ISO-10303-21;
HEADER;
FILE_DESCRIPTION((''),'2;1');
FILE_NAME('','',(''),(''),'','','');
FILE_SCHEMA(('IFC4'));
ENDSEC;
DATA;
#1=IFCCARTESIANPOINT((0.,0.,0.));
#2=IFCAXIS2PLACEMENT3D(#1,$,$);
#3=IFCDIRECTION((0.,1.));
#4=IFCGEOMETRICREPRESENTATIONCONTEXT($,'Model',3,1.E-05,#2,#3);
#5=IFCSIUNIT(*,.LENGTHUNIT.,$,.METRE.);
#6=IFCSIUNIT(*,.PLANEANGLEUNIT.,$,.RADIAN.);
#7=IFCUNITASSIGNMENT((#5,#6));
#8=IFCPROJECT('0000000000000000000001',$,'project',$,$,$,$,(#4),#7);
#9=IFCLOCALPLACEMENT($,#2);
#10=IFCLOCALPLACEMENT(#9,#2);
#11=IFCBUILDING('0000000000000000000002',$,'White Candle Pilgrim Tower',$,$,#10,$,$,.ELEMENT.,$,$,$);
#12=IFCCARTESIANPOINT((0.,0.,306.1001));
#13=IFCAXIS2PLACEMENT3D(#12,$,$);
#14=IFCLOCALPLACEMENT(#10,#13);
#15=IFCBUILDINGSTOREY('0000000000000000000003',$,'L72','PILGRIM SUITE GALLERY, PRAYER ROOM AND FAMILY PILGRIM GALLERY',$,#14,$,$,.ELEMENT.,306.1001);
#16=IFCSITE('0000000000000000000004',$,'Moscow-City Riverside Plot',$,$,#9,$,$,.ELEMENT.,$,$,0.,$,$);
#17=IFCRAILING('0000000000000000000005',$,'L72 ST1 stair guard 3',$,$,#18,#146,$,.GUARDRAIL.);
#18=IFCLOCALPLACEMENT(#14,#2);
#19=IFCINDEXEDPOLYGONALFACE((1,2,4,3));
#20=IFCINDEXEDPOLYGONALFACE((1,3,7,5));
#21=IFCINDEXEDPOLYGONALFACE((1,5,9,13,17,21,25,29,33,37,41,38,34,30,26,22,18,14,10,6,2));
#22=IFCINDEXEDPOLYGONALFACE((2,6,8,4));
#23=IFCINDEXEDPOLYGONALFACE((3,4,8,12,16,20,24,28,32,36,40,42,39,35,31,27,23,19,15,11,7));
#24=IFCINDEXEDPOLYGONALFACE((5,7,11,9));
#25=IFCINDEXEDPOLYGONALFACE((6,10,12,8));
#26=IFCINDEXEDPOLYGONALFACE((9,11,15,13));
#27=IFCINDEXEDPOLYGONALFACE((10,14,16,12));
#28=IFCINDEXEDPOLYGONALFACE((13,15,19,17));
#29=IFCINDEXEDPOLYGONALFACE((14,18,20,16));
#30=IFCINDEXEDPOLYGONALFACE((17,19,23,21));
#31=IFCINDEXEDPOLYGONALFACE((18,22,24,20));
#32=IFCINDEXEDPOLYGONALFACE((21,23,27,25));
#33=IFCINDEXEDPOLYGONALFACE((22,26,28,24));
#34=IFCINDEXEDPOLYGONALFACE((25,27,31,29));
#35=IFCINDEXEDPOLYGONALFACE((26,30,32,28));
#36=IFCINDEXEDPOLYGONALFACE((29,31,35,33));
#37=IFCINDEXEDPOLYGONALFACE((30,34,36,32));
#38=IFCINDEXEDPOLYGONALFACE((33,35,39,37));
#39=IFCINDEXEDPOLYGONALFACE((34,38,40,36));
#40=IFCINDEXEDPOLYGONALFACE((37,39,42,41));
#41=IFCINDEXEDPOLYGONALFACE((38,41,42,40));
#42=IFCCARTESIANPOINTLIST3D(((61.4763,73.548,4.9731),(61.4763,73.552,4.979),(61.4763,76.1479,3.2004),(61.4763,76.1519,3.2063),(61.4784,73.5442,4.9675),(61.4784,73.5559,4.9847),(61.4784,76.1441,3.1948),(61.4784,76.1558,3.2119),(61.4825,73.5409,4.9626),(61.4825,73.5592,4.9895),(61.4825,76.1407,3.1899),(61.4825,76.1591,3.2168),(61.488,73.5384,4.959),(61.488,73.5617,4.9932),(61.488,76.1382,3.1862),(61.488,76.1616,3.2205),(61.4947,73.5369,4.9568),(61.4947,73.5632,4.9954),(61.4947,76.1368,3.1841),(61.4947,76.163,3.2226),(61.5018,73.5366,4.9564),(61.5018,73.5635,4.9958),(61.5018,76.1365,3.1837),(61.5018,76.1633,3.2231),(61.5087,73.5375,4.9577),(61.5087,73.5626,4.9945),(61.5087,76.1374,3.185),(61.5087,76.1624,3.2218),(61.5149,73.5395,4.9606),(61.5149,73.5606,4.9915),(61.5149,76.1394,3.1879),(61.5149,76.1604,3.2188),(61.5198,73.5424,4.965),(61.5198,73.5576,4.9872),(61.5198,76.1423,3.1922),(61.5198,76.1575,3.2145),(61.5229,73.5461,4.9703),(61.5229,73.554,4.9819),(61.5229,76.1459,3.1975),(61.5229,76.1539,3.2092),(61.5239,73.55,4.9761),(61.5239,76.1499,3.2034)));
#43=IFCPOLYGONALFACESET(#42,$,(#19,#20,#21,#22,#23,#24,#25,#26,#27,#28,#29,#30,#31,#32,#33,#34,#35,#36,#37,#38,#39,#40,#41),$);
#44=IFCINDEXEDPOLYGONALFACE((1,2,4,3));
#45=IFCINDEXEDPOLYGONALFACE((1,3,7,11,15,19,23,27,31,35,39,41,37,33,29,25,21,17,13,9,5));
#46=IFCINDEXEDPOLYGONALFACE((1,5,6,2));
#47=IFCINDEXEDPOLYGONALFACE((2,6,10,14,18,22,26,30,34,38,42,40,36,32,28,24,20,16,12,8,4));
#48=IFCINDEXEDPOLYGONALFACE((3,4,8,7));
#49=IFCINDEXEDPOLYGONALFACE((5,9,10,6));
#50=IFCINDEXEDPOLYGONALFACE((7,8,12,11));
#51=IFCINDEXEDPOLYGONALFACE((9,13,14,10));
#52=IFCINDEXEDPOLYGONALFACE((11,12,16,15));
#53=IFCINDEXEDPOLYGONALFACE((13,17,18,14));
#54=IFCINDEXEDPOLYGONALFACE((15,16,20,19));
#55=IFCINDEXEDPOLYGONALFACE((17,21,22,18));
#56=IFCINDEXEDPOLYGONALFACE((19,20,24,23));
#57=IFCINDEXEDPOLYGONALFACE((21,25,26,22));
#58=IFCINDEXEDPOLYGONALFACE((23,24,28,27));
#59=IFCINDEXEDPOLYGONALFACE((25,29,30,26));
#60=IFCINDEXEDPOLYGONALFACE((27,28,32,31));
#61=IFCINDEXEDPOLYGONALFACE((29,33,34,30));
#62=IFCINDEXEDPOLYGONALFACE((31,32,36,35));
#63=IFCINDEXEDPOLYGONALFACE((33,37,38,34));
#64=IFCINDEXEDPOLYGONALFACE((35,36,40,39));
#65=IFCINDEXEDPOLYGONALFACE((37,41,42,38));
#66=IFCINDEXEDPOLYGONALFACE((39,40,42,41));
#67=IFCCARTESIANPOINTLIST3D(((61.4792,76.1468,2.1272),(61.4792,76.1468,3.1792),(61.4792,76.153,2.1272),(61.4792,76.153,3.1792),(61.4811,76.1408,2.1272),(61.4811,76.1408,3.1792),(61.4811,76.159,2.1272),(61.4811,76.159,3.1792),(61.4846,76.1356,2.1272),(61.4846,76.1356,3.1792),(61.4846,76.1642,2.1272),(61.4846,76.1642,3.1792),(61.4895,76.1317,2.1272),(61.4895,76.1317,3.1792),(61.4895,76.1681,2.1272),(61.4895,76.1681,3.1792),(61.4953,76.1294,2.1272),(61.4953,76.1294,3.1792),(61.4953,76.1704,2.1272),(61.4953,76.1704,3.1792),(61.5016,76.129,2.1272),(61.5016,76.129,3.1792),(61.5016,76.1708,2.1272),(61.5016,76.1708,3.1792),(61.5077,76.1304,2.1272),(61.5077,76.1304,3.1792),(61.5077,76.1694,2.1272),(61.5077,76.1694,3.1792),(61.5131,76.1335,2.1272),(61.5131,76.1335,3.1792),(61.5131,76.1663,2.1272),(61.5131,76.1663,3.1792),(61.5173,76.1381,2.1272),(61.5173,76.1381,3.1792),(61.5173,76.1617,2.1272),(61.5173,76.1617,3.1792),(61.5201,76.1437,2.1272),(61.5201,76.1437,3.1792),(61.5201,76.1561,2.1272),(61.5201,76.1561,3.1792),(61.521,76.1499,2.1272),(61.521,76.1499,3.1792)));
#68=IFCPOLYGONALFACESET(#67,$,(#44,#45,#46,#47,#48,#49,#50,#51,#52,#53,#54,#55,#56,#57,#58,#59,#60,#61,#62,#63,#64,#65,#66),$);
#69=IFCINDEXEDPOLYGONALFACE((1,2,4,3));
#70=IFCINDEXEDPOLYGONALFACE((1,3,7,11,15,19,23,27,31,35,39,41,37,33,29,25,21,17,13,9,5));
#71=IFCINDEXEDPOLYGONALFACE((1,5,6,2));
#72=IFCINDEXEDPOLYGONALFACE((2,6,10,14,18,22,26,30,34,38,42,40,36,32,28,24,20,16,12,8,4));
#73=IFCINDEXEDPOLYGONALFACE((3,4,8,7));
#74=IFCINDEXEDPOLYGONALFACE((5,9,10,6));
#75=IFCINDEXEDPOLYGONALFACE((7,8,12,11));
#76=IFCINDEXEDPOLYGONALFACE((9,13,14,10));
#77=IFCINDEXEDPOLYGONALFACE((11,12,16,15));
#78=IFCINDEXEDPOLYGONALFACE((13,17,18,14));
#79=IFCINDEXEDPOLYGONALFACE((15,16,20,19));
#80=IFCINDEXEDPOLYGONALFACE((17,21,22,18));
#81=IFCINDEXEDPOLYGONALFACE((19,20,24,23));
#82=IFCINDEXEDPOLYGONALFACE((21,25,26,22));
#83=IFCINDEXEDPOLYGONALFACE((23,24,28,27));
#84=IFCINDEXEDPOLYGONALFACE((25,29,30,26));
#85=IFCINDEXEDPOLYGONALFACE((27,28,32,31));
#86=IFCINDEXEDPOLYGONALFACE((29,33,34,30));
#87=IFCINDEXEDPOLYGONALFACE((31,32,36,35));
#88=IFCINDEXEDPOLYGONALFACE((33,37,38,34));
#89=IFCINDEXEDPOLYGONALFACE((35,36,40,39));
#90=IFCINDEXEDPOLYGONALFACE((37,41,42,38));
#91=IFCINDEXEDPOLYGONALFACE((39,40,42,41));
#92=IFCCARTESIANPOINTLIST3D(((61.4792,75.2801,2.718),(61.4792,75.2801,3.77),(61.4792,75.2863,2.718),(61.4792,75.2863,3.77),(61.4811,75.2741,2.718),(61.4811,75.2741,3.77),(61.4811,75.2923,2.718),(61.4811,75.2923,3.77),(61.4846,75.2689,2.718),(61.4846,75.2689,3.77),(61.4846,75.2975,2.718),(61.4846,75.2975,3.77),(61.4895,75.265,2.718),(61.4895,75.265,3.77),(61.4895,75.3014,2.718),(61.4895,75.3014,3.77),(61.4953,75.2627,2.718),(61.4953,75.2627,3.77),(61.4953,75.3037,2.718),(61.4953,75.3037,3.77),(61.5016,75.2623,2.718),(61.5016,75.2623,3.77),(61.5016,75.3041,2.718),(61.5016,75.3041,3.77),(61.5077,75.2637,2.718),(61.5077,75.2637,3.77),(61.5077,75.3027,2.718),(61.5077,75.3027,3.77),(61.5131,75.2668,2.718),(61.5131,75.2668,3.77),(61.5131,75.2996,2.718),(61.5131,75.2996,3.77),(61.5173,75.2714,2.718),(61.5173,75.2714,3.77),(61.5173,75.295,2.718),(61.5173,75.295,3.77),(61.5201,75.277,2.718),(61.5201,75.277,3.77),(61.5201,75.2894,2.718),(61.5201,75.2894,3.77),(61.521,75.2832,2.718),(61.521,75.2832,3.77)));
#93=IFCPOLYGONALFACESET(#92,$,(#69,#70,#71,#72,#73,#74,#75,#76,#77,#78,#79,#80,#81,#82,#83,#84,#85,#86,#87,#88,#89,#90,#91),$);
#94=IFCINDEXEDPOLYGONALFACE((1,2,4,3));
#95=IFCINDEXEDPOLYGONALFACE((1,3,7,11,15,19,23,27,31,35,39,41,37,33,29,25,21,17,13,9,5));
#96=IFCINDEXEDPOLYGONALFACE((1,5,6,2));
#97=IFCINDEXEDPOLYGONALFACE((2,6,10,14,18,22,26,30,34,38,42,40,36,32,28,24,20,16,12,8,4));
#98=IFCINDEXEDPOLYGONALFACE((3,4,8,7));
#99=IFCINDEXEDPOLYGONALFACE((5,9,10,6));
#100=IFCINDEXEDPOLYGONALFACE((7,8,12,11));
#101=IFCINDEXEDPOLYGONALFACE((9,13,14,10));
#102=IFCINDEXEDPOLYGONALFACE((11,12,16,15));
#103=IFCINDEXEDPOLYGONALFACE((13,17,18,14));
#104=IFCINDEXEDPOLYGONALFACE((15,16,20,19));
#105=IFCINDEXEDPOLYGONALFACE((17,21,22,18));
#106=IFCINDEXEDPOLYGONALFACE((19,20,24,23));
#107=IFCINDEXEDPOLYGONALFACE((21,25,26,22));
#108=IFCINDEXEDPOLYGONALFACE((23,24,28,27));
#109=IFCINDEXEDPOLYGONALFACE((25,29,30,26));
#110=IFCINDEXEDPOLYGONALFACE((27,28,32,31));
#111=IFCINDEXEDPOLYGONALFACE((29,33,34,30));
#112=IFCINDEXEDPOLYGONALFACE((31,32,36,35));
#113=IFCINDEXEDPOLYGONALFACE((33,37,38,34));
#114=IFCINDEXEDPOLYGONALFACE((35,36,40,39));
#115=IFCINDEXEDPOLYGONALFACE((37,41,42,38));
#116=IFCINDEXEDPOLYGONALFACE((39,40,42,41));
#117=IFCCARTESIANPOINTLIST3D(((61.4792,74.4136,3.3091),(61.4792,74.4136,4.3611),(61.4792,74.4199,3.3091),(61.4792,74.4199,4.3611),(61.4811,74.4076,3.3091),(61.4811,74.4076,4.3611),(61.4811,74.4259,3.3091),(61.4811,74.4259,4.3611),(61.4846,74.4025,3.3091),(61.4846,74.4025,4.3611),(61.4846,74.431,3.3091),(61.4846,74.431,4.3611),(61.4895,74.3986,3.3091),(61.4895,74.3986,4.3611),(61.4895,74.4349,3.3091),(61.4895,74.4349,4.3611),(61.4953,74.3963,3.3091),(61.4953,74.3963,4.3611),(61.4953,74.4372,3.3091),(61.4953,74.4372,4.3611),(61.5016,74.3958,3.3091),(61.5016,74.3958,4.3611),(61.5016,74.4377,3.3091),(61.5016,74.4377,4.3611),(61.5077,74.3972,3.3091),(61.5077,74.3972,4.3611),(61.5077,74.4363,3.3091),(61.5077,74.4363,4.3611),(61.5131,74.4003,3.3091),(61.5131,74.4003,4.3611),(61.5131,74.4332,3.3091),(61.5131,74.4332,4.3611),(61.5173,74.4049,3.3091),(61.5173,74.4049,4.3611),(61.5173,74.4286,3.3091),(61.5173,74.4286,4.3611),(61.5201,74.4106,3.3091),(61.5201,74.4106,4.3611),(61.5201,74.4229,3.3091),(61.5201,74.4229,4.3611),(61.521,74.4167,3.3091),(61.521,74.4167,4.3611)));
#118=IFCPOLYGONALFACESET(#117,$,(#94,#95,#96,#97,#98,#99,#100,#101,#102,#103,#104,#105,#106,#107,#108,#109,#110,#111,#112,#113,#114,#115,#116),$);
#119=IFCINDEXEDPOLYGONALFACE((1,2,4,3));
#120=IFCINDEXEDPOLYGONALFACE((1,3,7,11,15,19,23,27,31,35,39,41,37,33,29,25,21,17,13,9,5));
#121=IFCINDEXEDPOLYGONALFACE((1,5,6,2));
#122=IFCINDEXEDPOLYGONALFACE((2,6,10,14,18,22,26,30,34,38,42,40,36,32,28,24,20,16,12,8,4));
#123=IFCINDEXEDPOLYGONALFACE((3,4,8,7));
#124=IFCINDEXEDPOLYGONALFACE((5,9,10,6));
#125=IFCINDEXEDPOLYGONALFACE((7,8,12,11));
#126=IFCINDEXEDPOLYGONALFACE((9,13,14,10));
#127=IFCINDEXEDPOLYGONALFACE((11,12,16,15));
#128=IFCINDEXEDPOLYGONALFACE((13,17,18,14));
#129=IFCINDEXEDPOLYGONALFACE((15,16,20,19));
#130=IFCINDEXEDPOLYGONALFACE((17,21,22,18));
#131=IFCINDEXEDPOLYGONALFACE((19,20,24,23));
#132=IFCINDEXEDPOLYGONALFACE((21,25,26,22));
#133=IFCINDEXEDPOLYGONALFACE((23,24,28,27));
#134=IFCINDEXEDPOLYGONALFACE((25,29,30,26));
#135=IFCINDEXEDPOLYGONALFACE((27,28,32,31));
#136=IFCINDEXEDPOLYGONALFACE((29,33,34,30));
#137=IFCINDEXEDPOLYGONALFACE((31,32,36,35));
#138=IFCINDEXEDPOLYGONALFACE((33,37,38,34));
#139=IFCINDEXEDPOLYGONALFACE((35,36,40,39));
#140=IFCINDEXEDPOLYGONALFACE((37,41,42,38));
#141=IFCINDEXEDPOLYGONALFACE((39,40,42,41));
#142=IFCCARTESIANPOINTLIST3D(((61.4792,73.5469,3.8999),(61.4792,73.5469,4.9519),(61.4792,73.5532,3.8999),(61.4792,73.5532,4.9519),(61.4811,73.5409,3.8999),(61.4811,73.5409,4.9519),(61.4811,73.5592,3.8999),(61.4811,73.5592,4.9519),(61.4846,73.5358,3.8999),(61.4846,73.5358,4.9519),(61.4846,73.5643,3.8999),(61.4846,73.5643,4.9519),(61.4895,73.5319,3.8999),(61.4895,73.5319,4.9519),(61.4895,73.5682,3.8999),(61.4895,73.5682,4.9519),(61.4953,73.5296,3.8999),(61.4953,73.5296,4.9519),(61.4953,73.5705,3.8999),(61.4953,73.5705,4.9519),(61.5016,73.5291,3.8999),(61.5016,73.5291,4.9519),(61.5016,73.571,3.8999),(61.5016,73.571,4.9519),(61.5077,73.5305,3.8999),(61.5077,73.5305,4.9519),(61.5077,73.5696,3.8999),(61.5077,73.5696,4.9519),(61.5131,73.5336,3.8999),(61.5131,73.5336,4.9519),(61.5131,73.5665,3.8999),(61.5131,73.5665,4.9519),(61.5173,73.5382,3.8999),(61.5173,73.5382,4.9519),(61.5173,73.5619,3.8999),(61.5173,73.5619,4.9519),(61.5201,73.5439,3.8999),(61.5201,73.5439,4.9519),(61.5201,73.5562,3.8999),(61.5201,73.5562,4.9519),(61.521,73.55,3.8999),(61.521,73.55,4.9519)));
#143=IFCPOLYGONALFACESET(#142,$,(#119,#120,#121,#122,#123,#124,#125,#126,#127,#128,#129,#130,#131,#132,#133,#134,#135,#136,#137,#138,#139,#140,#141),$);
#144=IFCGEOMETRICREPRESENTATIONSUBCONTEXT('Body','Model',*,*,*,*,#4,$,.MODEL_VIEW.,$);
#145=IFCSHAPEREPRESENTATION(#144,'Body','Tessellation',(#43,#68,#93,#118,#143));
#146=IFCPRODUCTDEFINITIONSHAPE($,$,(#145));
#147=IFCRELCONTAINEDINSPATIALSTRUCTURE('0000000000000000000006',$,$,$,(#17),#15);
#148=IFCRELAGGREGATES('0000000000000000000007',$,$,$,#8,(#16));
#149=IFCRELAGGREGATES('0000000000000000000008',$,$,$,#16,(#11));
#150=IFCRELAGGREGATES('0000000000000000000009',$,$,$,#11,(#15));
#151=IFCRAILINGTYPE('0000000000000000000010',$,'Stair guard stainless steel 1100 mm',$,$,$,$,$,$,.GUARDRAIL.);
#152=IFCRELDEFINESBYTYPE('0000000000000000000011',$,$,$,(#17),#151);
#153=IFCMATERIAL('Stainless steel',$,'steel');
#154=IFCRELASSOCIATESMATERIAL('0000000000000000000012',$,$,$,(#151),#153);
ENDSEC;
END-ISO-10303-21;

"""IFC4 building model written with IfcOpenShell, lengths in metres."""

from ifc_helpers import new_model, si_unit, direction, frame, origin, origin_2d, place, context, subcontext, project, spatial, circle, extrude, material, type_object, element, save


model = new_model("IFC4")

# Units and contexts
model_context = context("Model", 3, precision=1e-05, world=origin(), true_north=direction((0.0, 1.0)))
body_context = subcontext(model_context, "Body", "Model", "MODEL_VIEW")
ifc_project = project(units=[si_unit("LENGTHUNIT", "METRE"), si_unit("PLANEANGLEUNIT", "RADIAN")], contexts=[model_context])

# Site, building, storey
site_placement = place(None, origin())
site = spatial("IfcSite", under=ifc_project, at=site_placement, Name="Moscow-City Riverside Plot", CompositionType="ELEMENT", RefElevation=0.0)
building_placement = place(site_placement, origin())
building = spatial("IfcBuilding", under=site, at=building_placement, Name="White Candle Pilgrim Tower", CompositionType="ELEMENT")
storey_placement = place(building_placement, frame((0.0, 0.0, 306.1001)))
storey = spatial("IfcBuildingStorey", under=building, at=storey_placement, Name="L72", Description="PILGRIM SUITE GALLERY, PRAYER ROOM AND FAMILY PILGRIM GALLERY", CompositionType="ELEMENT", Elevation=306.1001)

# Shared definitions
ifc_material_1 = material(Name="Stainless steel", Category="steel")

# Railing
railing_type_1 = type_object("IfcRailingType", Name="Stair guard stainless steel 1100 mm", PredefinedType="GUARDRAIL", material=ifc_material_1)
railing_1_placement = place(storey_placement, frame((61.5, 76.1499, 2.1272)))
element("IfcRailing", 1, at=railing_1_placement, inside=storey, type_object=railing_type_1, Name="L72 ST1 stair guard 3", PredefinedType="GUARDRAIL", context=body_context, shape_type="SweptSolid", body=[
    extrude(circle(Radius=0.0239, at=origin_2d()), frame((0.0, 0.0, 1.0762), z_axis=(0.0, -0.826216, 0.563354), x_axis=(1.0, 0.0, 0.0)), (0.0, 0.0, 1.0), 3.1467),
    extrude(circle(Radius=0.021, at=origin_2d()), origin(), (0.0, 0.0, 1.0), 1.052),
    extrude(circle(Radius=0.021, at=origin_2d()), frame((0.0, -0.8667, 0.5908)), (0.0, 0.0, 1.0), 1.052),
    extrude(circle(Radius=0.021, at=origin_2d()), frame((0.0, -1.7332, 1.1819)), (0.0, 0.0, 1.0), 1.052),
    extrude(circle(Radius=0.021, at=origin_2d()), frame((0.0, -2.5999, 1.7727)), (0.0, 0.0, 1.0), 1.052),
])

save(model, "model.ifc")
